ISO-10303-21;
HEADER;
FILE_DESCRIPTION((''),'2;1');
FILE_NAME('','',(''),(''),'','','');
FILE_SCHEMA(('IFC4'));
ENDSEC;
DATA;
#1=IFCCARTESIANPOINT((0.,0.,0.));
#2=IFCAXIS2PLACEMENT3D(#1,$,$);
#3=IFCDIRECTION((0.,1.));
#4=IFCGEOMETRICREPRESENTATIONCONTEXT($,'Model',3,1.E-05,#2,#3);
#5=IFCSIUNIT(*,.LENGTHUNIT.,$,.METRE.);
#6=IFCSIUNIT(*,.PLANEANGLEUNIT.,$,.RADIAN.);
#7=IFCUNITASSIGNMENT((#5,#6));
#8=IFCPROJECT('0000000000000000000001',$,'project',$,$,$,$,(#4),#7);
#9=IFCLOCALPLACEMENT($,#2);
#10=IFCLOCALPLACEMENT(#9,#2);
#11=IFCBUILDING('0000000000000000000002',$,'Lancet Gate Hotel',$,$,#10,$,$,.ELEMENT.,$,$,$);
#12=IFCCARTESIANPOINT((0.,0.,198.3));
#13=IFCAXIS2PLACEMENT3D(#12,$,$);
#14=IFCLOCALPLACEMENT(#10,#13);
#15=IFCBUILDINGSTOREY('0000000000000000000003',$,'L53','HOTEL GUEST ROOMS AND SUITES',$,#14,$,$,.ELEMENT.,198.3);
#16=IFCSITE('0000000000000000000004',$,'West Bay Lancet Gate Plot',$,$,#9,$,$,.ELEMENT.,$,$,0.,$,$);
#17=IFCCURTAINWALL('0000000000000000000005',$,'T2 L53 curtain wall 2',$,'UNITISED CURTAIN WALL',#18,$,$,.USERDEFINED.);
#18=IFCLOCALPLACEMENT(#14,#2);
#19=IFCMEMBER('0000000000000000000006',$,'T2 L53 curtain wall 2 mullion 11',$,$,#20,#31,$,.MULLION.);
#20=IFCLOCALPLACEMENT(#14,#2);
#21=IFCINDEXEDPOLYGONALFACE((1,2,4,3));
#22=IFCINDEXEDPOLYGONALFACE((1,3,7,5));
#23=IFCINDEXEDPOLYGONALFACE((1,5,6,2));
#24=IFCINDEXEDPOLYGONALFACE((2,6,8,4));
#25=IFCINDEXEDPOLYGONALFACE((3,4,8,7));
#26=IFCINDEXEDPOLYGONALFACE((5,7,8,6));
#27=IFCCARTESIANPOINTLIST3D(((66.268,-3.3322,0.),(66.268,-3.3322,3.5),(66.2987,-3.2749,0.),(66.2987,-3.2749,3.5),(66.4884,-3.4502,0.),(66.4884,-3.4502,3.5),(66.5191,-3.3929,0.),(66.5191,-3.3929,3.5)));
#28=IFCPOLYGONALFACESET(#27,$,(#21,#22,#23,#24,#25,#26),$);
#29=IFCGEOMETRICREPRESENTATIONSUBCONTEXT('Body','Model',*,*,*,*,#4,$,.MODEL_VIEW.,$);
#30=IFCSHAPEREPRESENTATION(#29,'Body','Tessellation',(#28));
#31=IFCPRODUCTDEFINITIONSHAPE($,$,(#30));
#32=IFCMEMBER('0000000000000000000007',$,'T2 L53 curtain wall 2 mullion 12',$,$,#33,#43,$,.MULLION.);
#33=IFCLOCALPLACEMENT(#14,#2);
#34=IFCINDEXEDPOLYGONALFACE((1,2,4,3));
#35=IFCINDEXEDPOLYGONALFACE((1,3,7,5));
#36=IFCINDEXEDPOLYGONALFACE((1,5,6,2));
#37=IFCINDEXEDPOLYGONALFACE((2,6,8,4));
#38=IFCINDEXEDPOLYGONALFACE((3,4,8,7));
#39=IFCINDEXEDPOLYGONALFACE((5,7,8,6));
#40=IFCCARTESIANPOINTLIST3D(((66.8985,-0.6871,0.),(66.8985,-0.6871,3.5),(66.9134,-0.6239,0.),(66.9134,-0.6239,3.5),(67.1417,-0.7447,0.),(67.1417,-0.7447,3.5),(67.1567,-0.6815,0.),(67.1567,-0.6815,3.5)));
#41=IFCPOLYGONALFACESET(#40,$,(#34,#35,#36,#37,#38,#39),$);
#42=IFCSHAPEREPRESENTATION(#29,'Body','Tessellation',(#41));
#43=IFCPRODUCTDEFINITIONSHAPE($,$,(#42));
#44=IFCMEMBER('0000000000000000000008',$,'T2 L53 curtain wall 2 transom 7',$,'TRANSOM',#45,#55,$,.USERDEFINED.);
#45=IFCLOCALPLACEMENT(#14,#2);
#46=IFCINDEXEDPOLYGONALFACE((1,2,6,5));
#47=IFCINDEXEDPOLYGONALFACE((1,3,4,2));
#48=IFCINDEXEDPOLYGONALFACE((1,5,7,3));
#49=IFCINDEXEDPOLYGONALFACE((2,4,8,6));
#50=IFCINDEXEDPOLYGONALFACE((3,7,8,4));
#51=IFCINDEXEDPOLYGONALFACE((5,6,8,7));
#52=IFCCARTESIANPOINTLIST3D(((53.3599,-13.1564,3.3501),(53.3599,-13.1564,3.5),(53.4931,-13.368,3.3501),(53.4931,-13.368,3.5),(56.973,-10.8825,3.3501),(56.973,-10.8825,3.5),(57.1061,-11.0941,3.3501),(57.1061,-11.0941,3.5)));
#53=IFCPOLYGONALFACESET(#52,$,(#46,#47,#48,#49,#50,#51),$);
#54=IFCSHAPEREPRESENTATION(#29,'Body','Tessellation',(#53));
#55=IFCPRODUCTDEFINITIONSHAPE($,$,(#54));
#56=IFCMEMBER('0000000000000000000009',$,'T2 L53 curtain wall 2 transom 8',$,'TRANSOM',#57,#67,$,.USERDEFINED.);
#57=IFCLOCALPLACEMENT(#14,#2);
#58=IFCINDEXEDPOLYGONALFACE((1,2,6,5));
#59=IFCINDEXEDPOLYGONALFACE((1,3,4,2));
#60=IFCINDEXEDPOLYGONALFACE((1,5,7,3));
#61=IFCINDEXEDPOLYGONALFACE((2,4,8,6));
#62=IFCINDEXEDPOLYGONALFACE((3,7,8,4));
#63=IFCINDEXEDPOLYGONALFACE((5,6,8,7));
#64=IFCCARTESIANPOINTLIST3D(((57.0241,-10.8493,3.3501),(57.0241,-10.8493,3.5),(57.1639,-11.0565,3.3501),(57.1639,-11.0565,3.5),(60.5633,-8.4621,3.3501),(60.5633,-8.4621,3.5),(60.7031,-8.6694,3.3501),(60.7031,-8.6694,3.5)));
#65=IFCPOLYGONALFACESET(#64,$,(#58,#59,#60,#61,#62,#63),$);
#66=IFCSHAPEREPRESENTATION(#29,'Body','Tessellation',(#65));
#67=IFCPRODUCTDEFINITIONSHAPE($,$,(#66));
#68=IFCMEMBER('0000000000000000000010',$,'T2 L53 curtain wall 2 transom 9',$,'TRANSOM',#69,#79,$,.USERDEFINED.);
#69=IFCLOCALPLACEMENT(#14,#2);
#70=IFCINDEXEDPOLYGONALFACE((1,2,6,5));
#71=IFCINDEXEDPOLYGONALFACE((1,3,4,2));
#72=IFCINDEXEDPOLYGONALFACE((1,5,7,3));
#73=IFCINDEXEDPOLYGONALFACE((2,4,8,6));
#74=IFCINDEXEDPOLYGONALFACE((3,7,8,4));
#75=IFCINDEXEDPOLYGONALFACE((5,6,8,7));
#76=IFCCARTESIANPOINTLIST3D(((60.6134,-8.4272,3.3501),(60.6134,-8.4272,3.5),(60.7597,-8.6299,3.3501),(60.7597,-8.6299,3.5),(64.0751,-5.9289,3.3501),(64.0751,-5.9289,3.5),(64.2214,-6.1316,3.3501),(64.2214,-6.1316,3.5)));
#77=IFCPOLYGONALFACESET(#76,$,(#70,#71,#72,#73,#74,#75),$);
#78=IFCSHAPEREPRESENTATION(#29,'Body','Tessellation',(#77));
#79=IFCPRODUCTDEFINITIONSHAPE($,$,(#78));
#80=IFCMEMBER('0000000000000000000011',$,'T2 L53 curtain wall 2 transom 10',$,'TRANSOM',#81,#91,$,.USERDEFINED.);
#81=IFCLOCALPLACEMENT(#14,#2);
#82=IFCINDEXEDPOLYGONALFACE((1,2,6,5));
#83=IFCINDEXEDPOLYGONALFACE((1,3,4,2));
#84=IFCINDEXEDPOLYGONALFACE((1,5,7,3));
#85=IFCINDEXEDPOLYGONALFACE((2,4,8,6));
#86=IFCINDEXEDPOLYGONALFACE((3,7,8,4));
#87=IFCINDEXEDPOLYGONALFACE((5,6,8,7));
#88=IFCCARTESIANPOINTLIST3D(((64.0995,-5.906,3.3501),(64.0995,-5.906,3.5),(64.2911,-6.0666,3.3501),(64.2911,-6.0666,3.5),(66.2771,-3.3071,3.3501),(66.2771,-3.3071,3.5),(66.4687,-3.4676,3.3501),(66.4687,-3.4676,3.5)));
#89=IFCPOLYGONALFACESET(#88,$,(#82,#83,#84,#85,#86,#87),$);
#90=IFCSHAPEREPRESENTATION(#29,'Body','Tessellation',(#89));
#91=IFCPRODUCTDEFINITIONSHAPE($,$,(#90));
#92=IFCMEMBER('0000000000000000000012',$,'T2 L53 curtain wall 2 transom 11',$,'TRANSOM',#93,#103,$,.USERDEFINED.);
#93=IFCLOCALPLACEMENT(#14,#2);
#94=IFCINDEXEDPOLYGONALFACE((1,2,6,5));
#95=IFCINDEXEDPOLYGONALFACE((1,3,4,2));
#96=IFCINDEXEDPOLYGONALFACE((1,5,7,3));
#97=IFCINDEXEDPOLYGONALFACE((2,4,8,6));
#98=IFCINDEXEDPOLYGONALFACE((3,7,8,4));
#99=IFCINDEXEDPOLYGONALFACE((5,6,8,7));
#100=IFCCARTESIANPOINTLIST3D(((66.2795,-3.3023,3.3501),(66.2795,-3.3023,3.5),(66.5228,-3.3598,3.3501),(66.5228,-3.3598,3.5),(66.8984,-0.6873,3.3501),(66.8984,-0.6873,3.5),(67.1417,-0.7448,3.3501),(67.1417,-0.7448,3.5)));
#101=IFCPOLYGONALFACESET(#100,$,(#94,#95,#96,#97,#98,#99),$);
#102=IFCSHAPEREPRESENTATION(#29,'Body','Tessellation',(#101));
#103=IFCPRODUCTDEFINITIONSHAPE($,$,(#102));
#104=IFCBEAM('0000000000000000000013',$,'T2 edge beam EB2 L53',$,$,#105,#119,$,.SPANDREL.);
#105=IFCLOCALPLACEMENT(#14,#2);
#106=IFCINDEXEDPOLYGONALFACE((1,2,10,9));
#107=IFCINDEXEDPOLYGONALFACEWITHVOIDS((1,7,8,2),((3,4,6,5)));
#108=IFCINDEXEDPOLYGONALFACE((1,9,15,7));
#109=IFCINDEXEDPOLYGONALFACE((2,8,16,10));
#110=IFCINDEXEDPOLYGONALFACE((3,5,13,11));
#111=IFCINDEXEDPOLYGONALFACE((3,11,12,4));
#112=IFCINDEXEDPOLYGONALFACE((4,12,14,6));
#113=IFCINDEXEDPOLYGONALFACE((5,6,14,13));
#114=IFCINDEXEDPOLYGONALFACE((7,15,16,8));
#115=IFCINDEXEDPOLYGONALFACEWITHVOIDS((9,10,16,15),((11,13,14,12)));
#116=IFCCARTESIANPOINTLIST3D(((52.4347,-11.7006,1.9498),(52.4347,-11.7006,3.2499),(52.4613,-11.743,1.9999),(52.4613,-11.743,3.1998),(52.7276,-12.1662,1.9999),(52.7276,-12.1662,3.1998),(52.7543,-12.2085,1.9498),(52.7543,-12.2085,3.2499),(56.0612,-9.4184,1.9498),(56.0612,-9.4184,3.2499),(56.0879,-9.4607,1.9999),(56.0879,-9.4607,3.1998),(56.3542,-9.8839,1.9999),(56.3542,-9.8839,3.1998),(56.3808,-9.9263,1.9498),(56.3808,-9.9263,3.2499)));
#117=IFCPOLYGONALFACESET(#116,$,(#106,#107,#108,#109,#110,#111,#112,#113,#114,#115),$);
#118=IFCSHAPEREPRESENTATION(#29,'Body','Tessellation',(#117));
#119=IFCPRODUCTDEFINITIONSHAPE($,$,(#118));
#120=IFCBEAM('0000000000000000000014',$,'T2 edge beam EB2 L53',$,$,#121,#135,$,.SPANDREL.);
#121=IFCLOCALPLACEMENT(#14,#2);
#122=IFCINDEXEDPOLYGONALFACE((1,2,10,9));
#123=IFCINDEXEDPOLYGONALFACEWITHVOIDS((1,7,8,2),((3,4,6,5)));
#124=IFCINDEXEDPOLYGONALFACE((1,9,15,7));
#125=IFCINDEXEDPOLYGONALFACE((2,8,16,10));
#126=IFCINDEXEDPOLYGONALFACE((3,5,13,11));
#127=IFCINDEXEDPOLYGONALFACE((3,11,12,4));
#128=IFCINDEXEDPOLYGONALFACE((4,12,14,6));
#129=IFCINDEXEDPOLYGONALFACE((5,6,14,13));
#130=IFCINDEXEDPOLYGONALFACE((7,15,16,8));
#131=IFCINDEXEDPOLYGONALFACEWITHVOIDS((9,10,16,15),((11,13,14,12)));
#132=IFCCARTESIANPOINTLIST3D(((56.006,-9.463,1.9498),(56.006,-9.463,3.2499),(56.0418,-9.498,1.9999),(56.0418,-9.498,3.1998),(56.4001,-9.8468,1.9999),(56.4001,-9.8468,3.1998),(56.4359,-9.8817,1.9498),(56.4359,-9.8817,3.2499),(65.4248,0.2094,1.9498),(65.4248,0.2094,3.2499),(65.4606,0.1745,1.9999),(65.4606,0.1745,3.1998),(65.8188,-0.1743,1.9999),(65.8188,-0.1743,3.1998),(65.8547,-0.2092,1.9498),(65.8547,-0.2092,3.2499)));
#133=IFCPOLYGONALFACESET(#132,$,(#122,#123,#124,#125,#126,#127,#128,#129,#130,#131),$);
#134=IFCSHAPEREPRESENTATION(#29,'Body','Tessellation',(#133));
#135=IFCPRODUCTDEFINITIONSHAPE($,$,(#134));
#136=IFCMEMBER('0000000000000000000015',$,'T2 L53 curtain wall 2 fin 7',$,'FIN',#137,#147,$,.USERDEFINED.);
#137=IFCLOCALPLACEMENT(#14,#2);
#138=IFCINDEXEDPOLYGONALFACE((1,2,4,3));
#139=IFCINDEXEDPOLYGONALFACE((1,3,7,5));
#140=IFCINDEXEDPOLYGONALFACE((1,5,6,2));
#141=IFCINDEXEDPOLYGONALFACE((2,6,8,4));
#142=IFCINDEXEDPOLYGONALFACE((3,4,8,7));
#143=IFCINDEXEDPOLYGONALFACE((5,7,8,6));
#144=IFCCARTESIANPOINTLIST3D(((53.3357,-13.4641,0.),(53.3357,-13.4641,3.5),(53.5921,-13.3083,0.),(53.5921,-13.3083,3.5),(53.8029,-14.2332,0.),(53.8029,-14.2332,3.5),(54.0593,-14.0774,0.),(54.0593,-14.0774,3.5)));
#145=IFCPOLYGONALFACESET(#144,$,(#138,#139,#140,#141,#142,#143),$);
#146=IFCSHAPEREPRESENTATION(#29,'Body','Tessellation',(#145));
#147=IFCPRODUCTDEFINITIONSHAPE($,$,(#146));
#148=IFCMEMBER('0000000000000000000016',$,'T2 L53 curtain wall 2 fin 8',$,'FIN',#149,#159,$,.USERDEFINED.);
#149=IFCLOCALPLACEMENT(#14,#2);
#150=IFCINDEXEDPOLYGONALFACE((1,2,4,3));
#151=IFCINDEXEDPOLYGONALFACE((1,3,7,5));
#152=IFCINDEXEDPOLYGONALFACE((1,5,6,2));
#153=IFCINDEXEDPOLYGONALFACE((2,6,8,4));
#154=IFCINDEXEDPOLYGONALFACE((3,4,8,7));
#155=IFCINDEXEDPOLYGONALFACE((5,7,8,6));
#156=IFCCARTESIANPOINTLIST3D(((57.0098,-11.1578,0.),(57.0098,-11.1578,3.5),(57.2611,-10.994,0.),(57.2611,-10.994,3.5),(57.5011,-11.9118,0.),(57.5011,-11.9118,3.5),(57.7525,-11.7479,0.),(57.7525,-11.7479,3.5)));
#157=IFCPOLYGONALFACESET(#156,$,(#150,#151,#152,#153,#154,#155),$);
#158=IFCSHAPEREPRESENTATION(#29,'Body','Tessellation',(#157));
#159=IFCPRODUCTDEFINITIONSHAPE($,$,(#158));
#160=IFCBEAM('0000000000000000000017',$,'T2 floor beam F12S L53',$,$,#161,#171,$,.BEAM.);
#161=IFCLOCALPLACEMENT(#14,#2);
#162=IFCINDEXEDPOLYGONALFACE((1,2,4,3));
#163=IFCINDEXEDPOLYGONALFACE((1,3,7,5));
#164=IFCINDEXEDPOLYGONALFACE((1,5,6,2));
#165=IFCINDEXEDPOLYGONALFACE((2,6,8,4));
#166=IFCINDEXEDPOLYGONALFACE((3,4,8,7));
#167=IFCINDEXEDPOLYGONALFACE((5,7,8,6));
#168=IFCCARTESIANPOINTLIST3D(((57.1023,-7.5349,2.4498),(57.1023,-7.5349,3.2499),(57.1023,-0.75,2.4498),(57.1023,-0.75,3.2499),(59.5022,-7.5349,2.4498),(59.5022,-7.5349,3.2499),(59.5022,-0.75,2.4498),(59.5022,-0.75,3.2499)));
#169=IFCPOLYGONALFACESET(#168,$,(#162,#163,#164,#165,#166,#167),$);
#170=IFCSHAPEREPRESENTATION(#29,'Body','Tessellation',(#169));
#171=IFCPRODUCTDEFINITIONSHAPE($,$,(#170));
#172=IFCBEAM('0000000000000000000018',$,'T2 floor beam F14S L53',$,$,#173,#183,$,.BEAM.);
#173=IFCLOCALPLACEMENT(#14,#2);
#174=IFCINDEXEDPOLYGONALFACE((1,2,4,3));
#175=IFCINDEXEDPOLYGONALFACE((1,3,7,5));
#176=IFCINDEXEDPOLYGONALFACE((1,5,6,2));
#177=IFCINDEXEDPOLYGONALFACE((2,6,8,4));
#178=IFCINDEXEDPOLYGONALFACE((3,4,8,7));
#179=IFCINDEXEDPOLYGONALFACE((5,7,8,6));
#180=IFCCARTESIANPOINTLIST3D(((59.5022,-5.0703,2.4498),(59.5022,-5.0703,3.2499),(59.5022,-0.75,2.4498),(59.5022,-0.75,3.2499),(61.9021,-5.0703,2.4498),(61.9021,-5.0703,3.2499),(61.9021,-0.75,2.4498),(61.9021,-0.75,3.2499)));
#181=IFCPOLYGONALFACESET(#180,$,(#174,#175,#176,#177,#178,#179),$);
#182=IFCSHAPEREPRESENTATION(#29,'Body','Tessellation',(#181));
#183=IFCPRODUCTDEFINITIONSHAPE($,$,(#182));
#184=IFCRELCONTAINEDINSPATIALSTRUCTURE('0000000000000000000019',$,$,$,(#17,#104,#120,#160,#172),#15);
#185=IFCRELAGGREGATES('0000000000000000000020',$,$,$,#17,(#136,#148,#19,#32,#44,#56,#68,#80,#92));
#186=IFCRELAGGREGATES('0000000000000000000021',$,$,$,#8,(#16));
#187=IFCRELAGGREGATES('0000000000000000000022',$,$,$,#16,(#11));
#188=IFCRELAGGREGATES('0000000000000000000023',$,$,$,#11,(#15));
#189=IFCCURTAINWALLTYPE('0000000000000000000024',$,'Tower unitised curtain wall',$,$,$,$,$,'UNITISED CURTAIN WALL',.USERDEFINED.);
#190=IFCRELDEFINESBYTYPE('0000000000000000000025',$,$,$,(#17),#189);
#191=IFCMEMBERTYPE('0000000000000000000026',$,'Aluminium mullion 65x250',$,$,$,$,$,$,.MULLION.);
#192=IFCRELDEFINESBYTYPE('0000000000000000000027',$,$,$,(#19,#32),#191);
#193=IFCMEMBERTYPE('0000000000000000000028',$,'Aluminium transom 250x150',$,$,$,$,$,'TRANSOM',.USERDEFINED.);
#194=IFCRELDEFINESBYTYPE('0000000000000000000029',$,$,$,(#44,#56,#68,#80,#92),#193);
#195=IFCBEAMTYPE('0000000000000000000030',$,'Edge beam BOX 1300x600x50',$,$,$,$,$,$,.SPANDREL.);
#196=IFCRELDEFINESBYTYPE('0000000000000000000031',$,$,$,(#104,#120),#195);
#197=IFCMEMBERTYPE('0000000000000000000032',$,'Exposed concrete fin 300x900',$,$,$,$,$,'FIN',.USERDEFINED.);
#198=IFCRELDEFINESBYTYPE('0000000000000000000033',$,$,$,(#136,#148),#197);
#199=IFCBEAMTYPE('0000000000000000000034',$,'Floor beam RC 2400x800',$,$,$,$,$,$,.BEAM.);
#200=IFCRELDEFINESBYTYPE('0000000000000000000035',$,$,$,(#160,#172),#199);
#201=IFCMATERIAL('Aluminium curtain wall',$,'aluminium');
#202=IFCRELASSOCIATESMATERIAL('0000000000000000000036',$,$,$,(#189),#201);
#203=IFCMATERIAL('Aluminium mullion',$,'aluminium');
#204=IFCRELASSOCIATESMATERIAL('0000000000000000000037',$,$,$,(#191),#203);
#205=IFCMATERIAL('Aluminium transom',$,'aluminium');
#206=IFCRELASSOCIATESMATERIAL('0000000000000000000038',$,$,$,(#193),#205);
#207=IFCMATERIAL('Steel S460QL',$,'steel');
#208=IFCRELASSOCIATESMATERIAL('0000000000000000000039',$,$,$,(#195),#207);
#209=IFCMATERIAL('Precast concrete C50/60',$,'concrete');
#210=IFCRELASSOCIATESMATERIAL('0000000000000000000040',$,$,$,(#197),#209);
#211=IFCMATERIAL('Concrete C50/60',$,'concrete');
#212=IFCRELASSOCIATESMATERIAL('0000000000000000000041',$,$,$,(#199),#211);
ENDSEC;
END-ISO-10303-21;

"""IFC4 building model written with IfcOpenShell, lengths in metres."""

from ifc_helpers import new_model, si_unit, direction, frame, origin, origin_2d, place, context, subcontext, project, spatial, rectangle, hollow_rectangle, extrude, material, material_profile, profile_set, type_object, element, aggregate, save


model = new_model("IFC4")

# Units and contexts
model_context = context("Model", 3, precision=1e-05, world=origin(), true_north=direction((0.0, 1.0)))
body_context = subcontext(model_context, "Body", "Model", "MODEL_VIEW")
ifc_project = project(units=[si_unit("LENGTHUNIT", "METRE"), si_unit("PLANEANGLEUNIT", "RADIAN")], contexts=[model_context])

# Site, building, storey
site_placement = place(None, origin())
site = spatial("IfcSite", under=ifc_project, at=site_placement, Name="West Bay Lancet Gate Plot", CompositionType="ELEMENT", RefElevation=0.0)
building_placement = place(site_placement, origin())
building = spatial("IfcBuilding", under=site, at=building_placement, Name="Lancet Gate Hotel", CompositionType="ELEMENT")
storey_placement = place(building_placement, frame((0.0, 0.0, 198.3)))
storey = spatial("IfcBuildingStorey", under=building, at=storey_placement, Name="L53", Description="HOTEL GUEST ROOMS AND SUITES", CompositionType="ELEMENT", Elevation=198.3)

# Curtain wall, members
ifc_material_1 = material(Name="Aluminium curtain wall", Category="aluminium")
curtain_wall_type = type_object("IfcCurtainWallType", Name="Tower unitised curtain wall", ElementType="UNITISED CURTAIN WALL", PredefinedType="USERDEFINED", material=ifc_material_1)
curtain_wall_placement = place(storey_placement, origin())
curtain_wall = element("IfcCurtainWall", 1, at=curtain_wall_placement, inside=storey, type_object=curtain_wall_type, Name="T2 L53 curtain wall 2", ObjectType="UNITISED CURTAIN WALL", PredefinedType="USERDEFINED")
ifc_material_2 = material(Name="Aluminium mullion", Category="aluminium")
ifc_material_profile_1 = material_profile(ifc_material_2, rectangle(XDim=0.0649, YDim=0.25, at=origin_2d()), Name="MULLION 65x250")
ifc_profile_set_1 = profile_set([ifc_material_profile_1], Name="Aluminium mullion")
member_type_1 = type_object("IfcMemberType", Name="Aluminium mullion 65x250", PredefinedType="MULLION", material=ifc_profile_set_1)
member_1_placement = place(storey_placement, frame((66.3936, -3.3625, 0.0), z_axis=(0.0, 0.0, 1.0), x_axis=(0.472146, 0.88152, 0.0)))
member_1 = element("IfcMember", 2, at=member_1_placement, type_object=member_type_1, Name="T2 L53 curtain wall 2 mullion 11", PredefinedType="MULLION", context=body_context, shape_type="SweptSolid", body=[
    extrude(rectangle(XDim=0.0649, YDim=0.25, at=origin_2d()), origin(), (0.0, 0.0, 1.0), 3.5),
])
member_2_placement = place(storey_placement, frame((67.0276, -0.6843, 0.0), z_axis=(0.0, 0.0, 1.0), x_axis=(0.230367, 0.973104, 0.0)))
member_2 = element("IfcMember", 3, at=member_2_placement, type_object=member_type_1, Name="T2 L53 curtain wall 2 mullion 12", PredefinedType="MULLION", context=body_context, shape_type="SweptSolid", body=[
    extrude(rectangle(XDim=0.0649, YDim=0.25, at=origin_2d()), origin(), (0.0, 0.0, 1.0), 3.5),
])
ifc_material_3 = material(Name="Aluminium transom", Category="aluminium")
ifc_material_profile_2 = material_profile(ifc_material_3, rectangle(XDim=0.25, YDim=0.1499, at=origin_2d()), Name="TRANSOM 250x150")
ifc_profile_set_2 = profile_set([ifc_material_profile_2], Name="Aluminium transom")
member_type_2 = type_object("IfcMemberType", Name="Aluminium transom 250x150", ElementType="TRANSOM", PredefinedType="USERDEFINED", material=ifc_profile_set_2)
member_3_placement = place(storey_placement, frame((53.4265, -13.2622, 3.425), z_axis=(0.846333, 0.532654, 0.0), x_axis=(-0.532654, 0.846333, 0.0)))
member_3 = element("IfcMember", 4, at=member_3_placement, type_object=member_type_2, Name="T2 L53 curtain wall 2 transom 7", ObjectType="TRANSOM", PredefinedType="USERDEFINED", context=body_context, shape_type="SweptSolid", body=[
    extrude(rectangle(XDim=0.25, YDim=0.1499, at=origin_2d()), origin(), (0.0, 0.0, 1.0), 4.269),
])
member_4_placement = place(storey_placement, frame((57.094, -10.9529, 3.425), z_axis=(0.829047, 0.559179, 0.0), x_axis=(-0.559179, 0.829047, 0.0)))
member_4 = element("IfcMember", 5, at=member_4_placement, type_object=member_type_2, Name="T2 L53 curtain wall 2 transom 8", ObjectType="TRANSOM", PredefinedType="USERDEFINED", context=body_context, shape_type="SweptSolid", body=[
    extrude(rectangle(XDim=0.25, YDim=0.1499, at=origin_2d()), origin(), (0.0, 0.0, 1.0), 4.269),
])
member_5_placement = place(storey_placement, frame((60.6865, -8.5286, 3.425), z_axis=(0.81088, 0.585213, 0.0), x_axis=(-0.585213, 0.81088, 0.0)))
member_5 = element("IfcMember", 6, at=member_5_placement, type_object=member_type_2, Name="T2 L53 curtain wall 2 transom 9", ObjectType="TRANSOM", PredefinedType="USERDEFINED", context=body_context, shape_type="SweptSolid", body=[
    extrude(rectangle(XDim=0.25, YDim=0.1499, at=origin_2d()), origin(), (0.0, 0.0, 1.0), 4.269),
])
member_6_placement = place(storey_placement, frame((64.1953, -5.9863, 3.425), z_axis=(0.642229, 0.766513, 0.0), x_axis=(-0.766513, 0.642229, 0.0)))
member_6 = element("IfcMember", 7, at=member_6_placement, type_object=member_type_2, Name="T2 L53 curtain wall 2 transom 10", ObjectType="TRANSOM", PredefinedType="USERDEFINED", context=body_context, shape_type="SweptSolid", body=[
    extrude(rectangle(XDim=0.25, YDim=0.1499, at=origin_2d()), origin(), (0.0, 0.0, 1.0), 3.3906),
])
member_7_placement = place(storey_placement, frame((66.4011, -3.3311, 3.425), z_axis=(0.23031, 0.973117, 0.0), x_axis=(-0.973117, 0.23031, 0.0)))
member_7 = element("IfcMember", 8, at=member_7_placement, type_object=member_type_2, Name="T2 L53 curtain wall 2 transom 11", ObjectType="TRANSOM", PredefinedType="USERDEFINED", context=body_context, shape_type="SweptSolid", body=[
    extrude(rectangle(XDim=0.25, YDim=0.1499, at=origin_2d()), origin(), (0.0, 0.0, 1.0), 2.6873),
])

# Beams
ifc_material_4 = material(Name="Steel S460QL", Category="steel")
ifc_material_profile_3 = material_profile(ifc_material_4, hollow_rectangle(XDim=0.6001, YDim=1.3, WallThickness=0.05, at=origin_2d()), Name="BOX 1300x600x50")
ifc_profile_set_3 = profile_set([ifc_material_profile_3], Name="Steel S460QL")
beam_type_1 = type_object("IfcBeamType", Name="Edge beam BOX 1300x600x50", PredefinedType="SPANDREL", material=ifc_profile_set_3)
beam_1_placement = place(storey_placement, frame((52.5945, -11.9546, 2.5999), z_axis=(0.846349, 0.532629, 0.0), x_axis=(-0.532629, 0.846349, 0.0)))
element("IfcBeam", 9, at=beam_1_placement, inside=storey, type_object=beam_type_1, Name="T2 edge beam EB2 L53", PredefinedType="SPANDREL", context=body_context, shape_type="SweptSolid", body=[
    extrude(hollow_rectangle(XDim=0.6001, YDim=1.3, WallThickness=0.05, at=origin_2d()), origin(), (0.0, 0.0, 1.0), 4.2849),
])
beam_2_placement = place(storey_placement, frame((56.2209, -9.6724, 2.5999), z_axis=(0.69765, 0.716439, 0.0), x_axis=(-0.716439, 0.69765, 0.0)))
element("IfcBeam", 10, at=beam_2_placement, inside=storey, type_object=beam_type_1, Name="T2 edge beam EB2 L53", PredefinedType="SPANDREL", context=body_context, shape_type="SweptSolid", body=[
    extrude(hollow_rectangle(XDim=0.6001, YDim=1.3, WallThickness=0.05, at=origin_2d()), origin(), (0.0, 0.0, 1.0), 13.5007),
])

# Members
ifc_material_5 = material(Name="Precast concrete C50/60", Category="concrete")
ifc_material_profile_4 = material_profile(ifc_material_5, rectangle(XDim=0.3, YDim=0.8999, at=origin_2d()), Name="FIN 300x900")
ifc_profile_set_4 = profile_set([ifc_material_profile_4], Name="Precast concrete C50/60")
member_type_3 = type_object("IfcMemberType", Name="Exposed concrete fin 300x900", ElementType="FIN", PredefinedType="USERDEFINED", material=ifc_profile_set_4)
member_8_placement = place(storey_placement, frame((53.6975, -13.7708, 0.0), z_axis=(0.0, 0.0, 1.0), x_axis=(0.854691, 0.519137, 0.0)))
member_8 = element("IfcMember", 11, at=member_8_placement, type_object=member_type_3, Name="T2 L53 curtain wall 2 fin 7", ObjectType="FIN", PredefinedType="USERDEFINED", context=body_context, shape_type="SweptSolid", body=[
    extrude(rectangle(XDim=0.3, YDim=0.8999, at=origin_2d()), origin(), (0.0, 0.0, 1.0), 3.5),
])
member_9_placement = place(storey_placement, frame((57.3811, -11.4529, 0.0), z_axis=(0.0, 0.0, 1.0), x_axis=(0.837801, 0.545976, 0.0)))
member_9 = element("IfcMember", 12, at=member_9_placement, type_object=member_type_3, Name="T2 L53 curtain wall 2 fin 8", ObjectType="FIN", PredefinedType="USERDEFINED", context=body_context, shape_type="SweptSolid", body=[
    extrude(rectangle(XDim=0.3, YDim=0.8999, at=origin_2d()), origin(), (0.0, 0.0, 1.0), 3.5),
])

# Beams
ifc_material_6 = material(Name="Concrete C50/60", Category="concrete")
ifc_material_profile_5 = material_profile(ifc_material_6, rectangle(XDim=2.3999, YDim=0.8, at=origin_2d()), Name="RC 2400x800")
ifc_profile_set_5 = profile_set([ifc_material_profile_5], Name="Concrete C50/60")
beam_type_2 = type_object("IfcBeamType", Name="Floor beam RC 2400x800", PredefinedType="BEAM", material=ifc_profile_set_5)
beam_3_placement = place(storey_placement, frame((58.3022, -7.5349, 2.8499), z_axis=(0.0, 1.0, 0.0), x_axis=(-1.0, 0.0, 0.0)))
element("IfcBeam", 13, at=beam_3_placement, inside=storey, type_object=beam_type_2, Name="T2 floor beam F12S L53", PredefinedType="BEAM", context=body_context, shape_type="SweptSolid", body=[
    extrude(rectangle(XDim=2.3999, YDim=0.8, at=origin_2d()), origin(), (0.0, 0.0, 1.0), 6.7849),
])
beam_4_placement = place(storey_placement, frame((60.7021, -5.0703, 2.8499), z_axis=(0.0, 1.0, 0.0), x_axis=(-1.0, 0.0, 0.0)))
element("IfcBeam", 14, at=beam_4_placement, inside=storey, type_object=beam_type_2, Name="T2 floor beam F14S L53", PredefinedType="BEAM", context=body_context, shape_type="SweptSolid", body=[
    extrude(rectangle(XDim=2.3999, YDim=0.8, at=origin_2d()), origin(), (0.0, 0.0, 1.0), 4.3203),
])

aggregate(curtain_wall, [member_8, member_9, member_1, member_2, member_3, member_4, member_5, member_6, member_7])

save(model, "model.ifc")
